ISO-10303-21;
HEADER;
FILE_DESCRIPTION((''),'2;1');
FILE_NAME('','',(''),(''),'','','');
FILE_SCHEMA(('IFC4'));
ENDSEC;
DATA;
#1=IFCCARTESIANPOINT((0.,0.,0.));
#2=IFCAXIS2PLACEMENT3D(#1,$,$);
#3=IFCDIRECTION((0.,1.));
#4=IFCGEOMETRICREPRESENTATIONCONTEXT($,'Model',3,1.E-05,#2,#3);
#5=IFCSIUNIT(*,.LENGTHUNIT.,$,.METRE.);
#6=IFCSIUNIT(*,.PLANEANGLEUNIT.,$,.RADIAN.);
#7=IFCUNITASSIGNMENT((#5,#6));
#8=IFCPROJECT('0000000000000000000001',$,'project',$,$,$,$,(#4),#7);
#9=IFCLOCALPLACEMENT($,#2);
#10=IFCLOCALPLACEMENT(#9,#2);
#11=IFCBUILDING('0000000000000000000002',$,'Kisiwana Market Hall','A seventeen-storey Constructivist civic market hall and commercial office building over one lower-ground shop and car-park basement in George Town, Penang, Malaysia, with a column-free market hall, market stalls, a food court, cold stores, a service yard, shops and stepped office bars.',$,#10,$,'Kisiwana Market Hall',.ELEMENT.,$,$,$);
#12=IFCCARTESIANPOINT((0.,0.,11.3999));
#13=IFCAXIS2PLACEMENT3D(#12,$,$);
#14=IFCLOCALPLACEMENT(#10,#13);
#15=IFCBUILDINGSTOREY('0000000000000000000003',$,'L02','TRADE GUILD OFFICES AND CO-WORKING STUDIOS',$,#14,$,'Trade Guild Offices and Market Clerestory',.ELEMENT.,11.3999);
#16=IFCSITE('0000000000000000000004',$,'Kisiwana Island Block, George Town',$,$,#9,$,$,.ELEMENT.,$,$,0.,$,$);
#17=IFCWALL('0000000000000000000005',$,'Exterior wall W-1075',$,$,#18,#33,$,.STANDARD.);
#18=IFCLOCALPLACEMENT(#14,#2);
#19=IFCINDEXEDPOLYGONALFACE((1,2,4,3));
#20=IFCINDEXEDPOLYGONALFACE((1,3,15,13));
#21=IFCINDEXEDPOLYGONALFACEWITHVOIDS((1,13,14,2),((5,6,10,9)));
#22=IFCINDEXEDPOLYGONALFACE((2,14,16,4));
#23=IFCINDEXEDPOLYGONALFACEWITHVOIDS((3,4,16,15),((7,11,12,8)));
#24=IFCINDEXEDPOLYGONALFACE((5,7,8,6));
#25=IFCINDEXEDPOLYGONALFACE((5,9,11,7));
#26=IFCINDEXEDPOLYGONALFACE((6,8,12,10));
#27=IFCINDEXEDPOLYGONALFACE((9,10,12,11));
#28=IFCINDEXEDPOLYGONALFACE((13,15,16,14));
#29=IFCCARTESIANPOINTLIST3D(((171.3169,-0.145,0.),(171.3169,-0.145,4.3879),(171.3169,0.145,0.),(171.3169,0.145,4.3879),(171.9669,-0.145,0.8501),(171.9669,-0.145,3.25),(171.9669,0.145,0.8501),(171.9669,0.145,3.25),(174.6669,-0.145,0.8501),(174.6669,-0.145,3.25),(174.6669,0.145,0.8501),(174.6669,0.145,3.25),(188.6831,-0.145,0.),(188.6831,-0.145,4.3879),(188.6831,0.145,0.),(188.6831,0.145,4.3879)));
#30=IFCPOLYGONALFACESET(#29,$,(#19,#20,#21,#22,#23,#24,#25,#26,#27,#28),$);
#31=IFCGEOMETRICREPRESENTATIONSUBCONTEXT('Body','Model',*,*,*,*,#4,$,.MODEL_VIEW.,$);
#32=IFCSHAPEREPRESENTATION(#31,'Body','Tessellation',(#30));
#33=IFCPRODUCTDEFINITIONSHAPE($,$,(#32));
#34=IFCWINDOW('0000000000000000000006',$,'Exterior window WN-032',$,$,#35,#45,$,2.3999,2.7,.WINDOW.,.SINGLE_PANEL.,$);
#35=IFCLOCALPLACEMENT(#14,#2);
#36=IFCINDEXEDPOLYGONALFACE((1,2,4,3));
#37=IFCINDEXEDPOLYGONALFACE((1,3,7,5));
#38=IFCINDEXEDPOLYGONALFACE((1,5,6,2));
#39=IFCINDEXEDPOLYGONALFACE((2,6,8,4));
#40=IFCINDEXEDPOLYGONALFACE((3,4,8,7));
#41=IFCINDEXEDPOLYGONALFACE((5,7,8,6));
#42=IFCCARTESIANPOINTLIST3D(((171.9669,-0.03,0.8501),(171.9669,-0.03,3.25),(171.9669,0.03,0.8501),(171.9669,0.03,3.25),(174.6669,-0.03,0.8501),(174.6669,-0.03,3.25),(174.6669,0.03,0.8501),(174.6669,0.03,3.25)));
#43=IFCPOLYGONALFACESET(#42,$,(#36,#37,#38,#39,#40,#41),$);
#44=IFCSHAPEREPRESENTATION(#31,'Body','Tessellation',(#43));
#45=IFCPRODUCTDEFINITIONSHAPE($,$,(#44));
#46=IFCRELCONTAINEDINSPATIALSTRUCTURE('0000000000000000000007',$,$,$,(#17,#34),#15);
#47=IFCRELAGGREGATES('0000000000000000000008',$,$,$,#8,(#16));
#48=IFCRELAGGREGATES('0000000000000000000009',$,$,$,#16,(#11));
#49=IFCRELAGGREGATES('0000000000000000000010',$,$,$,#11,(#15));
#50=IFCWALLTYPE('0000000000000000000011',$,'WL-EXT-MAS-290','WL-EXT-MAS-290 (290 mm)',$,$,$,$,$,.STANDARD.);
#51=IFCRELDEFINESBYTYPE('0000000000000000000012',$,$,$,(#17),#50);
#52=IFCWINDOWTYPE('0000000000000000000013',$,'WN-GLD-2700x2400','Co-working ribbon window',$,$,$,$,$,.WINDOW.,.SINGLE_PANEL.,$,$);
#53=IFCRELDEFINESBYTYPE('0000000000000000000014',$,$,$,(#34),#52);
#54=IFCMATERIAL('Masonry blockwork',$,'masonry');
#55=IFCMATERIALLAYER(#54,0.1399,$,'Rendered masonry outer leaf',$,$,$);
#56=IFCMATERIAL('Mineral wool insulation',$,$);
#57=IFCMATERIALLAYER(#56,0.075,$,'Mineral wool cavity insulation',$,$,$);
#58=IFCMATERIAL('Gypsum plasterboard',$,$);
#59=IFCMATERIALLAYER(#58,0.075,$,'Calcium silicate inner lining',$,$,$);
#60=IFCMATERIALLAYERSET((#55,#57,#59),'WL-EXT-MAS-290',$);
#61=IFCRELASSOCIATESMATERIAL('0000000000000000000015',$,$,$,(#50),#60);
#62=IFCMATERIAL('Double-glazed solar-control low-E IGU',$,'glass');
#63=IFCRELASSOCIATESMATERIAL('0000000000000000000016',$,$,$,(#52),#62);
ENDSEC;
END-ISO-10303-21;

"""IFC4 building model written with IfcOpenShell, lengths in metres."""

from ifc_helpers import new_model, si_unit, direction, frame, frame_2d, origin, place, context, subcontext, project, spatial, rectangle, extrude, material, layer, layer_set, type_object, element, fill, save


model = new_model("IFC4")

# Units and contexts
model_context = context("Model", 3, precision=1e-05, world=origin(), true_north=direction((0.0, 1.0)))
body_context = subcontext(model_context, "Body", "Model", "MODEL_VIEW")
ifc_project = project(units=[si_unit("LENGTHUNIT", "METRE"), si_unit("PLANEANGLEUNIT", "RADIAN")], contexts=[model_context])

# Site, building, storey
site_placement = place(None, origin())
site = spatial("IfcSite", under=ifc_project, at=site_placement, Name="Kisiwana Island Block, George Town", CompositionType="ELEMENT", RefElevation=0.0)
building_placement = place(site_placement, origin())
building = spatial("IfcBuilding", under=site, at=building_placement, Name="Kisiwana Market Hall", Description="A seventeen-storey Constructivist civic market hall and commercial office building over one lower-ground shop and car-park basement in George Town, Penang, Malaysia, with a column-free market hall, market stalls, a food court, cold stores, a service yard, shops and stepped office bars.", LongName="Kisiwana Market Hall", CompositionType="ELEMENT")
storey_placement = place(building_placement, frame((0.0, 0.0, 11.3999)))
storey = spatial("IfcBuildingStorey", under=building, at=storey_placement, Name="L02", Description="TRADE GUILD OFFICES AND CO-WORKING STUDIOS", LongName="Trade Guild Offices and Market Clerestory", CompositionType="ELEMENT", Elevation=11.3999)

# Wall, opening, window
ifc_material_1 = material(Name="Masonry blockwork", Category="masonry")
ifc_layer_1 = layer(ifc_material_1, 0.1399, Name="Rendered masonry outer leaf")
ifc_material_2 = material(Name="Mineral wool insulation")
ifc_layer_2 = layer(ifc_material_2, 0.075, Name="Mineral wool cavity insulation")
ifc_material_3 = material(Name="Gypsum plasterboard")
ifc_layer_3 = layer(ifc_material_3, 0.075, Name="Calcium silicate inner lining")
ifc_layer_set_1 = layer_set([ifc_layer_1, ifc_layer_2, ifc_layer_3], Name="WL-EXT-MAS-290")
wall_type_1 = type_object("IfcWallType", Name="WL-EXT-MAS-290", Description="WL-EXT-MAS-290 (290 mm)", PredefinedType="STANDARD", material=ifc_layer_set_1)
wall_1_placement = place(storey_placement, frame((171.3169, 0.0, 0.0), z_axis=(0.0, 0.0, 1.0), x_axis=(1.0, 0.0, 0.0)))
wall_1 = element("IfcWall", 1, at=wall_1_placement, inside=storey, type_object=wall_type_1, Name="Exterior wall W-1075", PredefinedType="STANDARD", context=body_context, shape_type="SweptSolid", body=[
    extrude(rectangle(XDim=17.3662, YDim=0.29, at=frame_2d((8.6831, 0.0))), origin(), (0.0, 0.0, 1.0), 4.3879),
])
opening_1_placement = place(wall_1_placement, frame((0.6499, 0.0, 0.8501)))
opening_1 = element("IfcOpeningElement", 2, at=opening_1_placement, cuts=wall_1, PredefinedType="OPENING", context=body_context, shape_type="SweptSolid", body=[
    extrude(rectangle(XDim=2.7, YDim=2.3999, at=frame_2d((1.3501, 1.2))), frame((0.0, 0.157, 0.0), z_axis=(0.0, -1.0, 0.0), x_axis=(1.0, 0.0, 0.0)), (0.0, 0.0, 1.0), 0.314),
])
ifc_material_4 = material(Name="Double-glazed solar-control low-E IGU", Category="glass")
window_type = type_object("IfcWindowType", Name="WN-GLD-2700x2400", Description="Co-working ribbon window", PartitioningType="SINGLE_PANEL", PredefinedType="WINDOW", material=ifc_material_4)
window_placement = place(opening_1_placement, origin())
window = element("IfcWindow", 3, at=window_placement, inside=storey, type_object=window_type, Name="Exterior window WN-032", OverallHeight=2.3999, OverallWidth=2.7, PartitioningType="SINGLE_PANEL", PredefinedType="WINDOW", context=body_context, shape_type="SweptSolid", body=[
    extrude(rectangle(XDim=2.7, YDim=2.3999, at=frame_2d((1.3501, 1.2))), frame((0.0, 0.03, 0.0), z_axis=(0.0, -1.0, 0.0), x_axis=(1.0, 0.0, 0.0)), (0.0, 0.0, 1.0), 0.0601),
])
fill(opening_1, window)

save(model, "model.ifc")
